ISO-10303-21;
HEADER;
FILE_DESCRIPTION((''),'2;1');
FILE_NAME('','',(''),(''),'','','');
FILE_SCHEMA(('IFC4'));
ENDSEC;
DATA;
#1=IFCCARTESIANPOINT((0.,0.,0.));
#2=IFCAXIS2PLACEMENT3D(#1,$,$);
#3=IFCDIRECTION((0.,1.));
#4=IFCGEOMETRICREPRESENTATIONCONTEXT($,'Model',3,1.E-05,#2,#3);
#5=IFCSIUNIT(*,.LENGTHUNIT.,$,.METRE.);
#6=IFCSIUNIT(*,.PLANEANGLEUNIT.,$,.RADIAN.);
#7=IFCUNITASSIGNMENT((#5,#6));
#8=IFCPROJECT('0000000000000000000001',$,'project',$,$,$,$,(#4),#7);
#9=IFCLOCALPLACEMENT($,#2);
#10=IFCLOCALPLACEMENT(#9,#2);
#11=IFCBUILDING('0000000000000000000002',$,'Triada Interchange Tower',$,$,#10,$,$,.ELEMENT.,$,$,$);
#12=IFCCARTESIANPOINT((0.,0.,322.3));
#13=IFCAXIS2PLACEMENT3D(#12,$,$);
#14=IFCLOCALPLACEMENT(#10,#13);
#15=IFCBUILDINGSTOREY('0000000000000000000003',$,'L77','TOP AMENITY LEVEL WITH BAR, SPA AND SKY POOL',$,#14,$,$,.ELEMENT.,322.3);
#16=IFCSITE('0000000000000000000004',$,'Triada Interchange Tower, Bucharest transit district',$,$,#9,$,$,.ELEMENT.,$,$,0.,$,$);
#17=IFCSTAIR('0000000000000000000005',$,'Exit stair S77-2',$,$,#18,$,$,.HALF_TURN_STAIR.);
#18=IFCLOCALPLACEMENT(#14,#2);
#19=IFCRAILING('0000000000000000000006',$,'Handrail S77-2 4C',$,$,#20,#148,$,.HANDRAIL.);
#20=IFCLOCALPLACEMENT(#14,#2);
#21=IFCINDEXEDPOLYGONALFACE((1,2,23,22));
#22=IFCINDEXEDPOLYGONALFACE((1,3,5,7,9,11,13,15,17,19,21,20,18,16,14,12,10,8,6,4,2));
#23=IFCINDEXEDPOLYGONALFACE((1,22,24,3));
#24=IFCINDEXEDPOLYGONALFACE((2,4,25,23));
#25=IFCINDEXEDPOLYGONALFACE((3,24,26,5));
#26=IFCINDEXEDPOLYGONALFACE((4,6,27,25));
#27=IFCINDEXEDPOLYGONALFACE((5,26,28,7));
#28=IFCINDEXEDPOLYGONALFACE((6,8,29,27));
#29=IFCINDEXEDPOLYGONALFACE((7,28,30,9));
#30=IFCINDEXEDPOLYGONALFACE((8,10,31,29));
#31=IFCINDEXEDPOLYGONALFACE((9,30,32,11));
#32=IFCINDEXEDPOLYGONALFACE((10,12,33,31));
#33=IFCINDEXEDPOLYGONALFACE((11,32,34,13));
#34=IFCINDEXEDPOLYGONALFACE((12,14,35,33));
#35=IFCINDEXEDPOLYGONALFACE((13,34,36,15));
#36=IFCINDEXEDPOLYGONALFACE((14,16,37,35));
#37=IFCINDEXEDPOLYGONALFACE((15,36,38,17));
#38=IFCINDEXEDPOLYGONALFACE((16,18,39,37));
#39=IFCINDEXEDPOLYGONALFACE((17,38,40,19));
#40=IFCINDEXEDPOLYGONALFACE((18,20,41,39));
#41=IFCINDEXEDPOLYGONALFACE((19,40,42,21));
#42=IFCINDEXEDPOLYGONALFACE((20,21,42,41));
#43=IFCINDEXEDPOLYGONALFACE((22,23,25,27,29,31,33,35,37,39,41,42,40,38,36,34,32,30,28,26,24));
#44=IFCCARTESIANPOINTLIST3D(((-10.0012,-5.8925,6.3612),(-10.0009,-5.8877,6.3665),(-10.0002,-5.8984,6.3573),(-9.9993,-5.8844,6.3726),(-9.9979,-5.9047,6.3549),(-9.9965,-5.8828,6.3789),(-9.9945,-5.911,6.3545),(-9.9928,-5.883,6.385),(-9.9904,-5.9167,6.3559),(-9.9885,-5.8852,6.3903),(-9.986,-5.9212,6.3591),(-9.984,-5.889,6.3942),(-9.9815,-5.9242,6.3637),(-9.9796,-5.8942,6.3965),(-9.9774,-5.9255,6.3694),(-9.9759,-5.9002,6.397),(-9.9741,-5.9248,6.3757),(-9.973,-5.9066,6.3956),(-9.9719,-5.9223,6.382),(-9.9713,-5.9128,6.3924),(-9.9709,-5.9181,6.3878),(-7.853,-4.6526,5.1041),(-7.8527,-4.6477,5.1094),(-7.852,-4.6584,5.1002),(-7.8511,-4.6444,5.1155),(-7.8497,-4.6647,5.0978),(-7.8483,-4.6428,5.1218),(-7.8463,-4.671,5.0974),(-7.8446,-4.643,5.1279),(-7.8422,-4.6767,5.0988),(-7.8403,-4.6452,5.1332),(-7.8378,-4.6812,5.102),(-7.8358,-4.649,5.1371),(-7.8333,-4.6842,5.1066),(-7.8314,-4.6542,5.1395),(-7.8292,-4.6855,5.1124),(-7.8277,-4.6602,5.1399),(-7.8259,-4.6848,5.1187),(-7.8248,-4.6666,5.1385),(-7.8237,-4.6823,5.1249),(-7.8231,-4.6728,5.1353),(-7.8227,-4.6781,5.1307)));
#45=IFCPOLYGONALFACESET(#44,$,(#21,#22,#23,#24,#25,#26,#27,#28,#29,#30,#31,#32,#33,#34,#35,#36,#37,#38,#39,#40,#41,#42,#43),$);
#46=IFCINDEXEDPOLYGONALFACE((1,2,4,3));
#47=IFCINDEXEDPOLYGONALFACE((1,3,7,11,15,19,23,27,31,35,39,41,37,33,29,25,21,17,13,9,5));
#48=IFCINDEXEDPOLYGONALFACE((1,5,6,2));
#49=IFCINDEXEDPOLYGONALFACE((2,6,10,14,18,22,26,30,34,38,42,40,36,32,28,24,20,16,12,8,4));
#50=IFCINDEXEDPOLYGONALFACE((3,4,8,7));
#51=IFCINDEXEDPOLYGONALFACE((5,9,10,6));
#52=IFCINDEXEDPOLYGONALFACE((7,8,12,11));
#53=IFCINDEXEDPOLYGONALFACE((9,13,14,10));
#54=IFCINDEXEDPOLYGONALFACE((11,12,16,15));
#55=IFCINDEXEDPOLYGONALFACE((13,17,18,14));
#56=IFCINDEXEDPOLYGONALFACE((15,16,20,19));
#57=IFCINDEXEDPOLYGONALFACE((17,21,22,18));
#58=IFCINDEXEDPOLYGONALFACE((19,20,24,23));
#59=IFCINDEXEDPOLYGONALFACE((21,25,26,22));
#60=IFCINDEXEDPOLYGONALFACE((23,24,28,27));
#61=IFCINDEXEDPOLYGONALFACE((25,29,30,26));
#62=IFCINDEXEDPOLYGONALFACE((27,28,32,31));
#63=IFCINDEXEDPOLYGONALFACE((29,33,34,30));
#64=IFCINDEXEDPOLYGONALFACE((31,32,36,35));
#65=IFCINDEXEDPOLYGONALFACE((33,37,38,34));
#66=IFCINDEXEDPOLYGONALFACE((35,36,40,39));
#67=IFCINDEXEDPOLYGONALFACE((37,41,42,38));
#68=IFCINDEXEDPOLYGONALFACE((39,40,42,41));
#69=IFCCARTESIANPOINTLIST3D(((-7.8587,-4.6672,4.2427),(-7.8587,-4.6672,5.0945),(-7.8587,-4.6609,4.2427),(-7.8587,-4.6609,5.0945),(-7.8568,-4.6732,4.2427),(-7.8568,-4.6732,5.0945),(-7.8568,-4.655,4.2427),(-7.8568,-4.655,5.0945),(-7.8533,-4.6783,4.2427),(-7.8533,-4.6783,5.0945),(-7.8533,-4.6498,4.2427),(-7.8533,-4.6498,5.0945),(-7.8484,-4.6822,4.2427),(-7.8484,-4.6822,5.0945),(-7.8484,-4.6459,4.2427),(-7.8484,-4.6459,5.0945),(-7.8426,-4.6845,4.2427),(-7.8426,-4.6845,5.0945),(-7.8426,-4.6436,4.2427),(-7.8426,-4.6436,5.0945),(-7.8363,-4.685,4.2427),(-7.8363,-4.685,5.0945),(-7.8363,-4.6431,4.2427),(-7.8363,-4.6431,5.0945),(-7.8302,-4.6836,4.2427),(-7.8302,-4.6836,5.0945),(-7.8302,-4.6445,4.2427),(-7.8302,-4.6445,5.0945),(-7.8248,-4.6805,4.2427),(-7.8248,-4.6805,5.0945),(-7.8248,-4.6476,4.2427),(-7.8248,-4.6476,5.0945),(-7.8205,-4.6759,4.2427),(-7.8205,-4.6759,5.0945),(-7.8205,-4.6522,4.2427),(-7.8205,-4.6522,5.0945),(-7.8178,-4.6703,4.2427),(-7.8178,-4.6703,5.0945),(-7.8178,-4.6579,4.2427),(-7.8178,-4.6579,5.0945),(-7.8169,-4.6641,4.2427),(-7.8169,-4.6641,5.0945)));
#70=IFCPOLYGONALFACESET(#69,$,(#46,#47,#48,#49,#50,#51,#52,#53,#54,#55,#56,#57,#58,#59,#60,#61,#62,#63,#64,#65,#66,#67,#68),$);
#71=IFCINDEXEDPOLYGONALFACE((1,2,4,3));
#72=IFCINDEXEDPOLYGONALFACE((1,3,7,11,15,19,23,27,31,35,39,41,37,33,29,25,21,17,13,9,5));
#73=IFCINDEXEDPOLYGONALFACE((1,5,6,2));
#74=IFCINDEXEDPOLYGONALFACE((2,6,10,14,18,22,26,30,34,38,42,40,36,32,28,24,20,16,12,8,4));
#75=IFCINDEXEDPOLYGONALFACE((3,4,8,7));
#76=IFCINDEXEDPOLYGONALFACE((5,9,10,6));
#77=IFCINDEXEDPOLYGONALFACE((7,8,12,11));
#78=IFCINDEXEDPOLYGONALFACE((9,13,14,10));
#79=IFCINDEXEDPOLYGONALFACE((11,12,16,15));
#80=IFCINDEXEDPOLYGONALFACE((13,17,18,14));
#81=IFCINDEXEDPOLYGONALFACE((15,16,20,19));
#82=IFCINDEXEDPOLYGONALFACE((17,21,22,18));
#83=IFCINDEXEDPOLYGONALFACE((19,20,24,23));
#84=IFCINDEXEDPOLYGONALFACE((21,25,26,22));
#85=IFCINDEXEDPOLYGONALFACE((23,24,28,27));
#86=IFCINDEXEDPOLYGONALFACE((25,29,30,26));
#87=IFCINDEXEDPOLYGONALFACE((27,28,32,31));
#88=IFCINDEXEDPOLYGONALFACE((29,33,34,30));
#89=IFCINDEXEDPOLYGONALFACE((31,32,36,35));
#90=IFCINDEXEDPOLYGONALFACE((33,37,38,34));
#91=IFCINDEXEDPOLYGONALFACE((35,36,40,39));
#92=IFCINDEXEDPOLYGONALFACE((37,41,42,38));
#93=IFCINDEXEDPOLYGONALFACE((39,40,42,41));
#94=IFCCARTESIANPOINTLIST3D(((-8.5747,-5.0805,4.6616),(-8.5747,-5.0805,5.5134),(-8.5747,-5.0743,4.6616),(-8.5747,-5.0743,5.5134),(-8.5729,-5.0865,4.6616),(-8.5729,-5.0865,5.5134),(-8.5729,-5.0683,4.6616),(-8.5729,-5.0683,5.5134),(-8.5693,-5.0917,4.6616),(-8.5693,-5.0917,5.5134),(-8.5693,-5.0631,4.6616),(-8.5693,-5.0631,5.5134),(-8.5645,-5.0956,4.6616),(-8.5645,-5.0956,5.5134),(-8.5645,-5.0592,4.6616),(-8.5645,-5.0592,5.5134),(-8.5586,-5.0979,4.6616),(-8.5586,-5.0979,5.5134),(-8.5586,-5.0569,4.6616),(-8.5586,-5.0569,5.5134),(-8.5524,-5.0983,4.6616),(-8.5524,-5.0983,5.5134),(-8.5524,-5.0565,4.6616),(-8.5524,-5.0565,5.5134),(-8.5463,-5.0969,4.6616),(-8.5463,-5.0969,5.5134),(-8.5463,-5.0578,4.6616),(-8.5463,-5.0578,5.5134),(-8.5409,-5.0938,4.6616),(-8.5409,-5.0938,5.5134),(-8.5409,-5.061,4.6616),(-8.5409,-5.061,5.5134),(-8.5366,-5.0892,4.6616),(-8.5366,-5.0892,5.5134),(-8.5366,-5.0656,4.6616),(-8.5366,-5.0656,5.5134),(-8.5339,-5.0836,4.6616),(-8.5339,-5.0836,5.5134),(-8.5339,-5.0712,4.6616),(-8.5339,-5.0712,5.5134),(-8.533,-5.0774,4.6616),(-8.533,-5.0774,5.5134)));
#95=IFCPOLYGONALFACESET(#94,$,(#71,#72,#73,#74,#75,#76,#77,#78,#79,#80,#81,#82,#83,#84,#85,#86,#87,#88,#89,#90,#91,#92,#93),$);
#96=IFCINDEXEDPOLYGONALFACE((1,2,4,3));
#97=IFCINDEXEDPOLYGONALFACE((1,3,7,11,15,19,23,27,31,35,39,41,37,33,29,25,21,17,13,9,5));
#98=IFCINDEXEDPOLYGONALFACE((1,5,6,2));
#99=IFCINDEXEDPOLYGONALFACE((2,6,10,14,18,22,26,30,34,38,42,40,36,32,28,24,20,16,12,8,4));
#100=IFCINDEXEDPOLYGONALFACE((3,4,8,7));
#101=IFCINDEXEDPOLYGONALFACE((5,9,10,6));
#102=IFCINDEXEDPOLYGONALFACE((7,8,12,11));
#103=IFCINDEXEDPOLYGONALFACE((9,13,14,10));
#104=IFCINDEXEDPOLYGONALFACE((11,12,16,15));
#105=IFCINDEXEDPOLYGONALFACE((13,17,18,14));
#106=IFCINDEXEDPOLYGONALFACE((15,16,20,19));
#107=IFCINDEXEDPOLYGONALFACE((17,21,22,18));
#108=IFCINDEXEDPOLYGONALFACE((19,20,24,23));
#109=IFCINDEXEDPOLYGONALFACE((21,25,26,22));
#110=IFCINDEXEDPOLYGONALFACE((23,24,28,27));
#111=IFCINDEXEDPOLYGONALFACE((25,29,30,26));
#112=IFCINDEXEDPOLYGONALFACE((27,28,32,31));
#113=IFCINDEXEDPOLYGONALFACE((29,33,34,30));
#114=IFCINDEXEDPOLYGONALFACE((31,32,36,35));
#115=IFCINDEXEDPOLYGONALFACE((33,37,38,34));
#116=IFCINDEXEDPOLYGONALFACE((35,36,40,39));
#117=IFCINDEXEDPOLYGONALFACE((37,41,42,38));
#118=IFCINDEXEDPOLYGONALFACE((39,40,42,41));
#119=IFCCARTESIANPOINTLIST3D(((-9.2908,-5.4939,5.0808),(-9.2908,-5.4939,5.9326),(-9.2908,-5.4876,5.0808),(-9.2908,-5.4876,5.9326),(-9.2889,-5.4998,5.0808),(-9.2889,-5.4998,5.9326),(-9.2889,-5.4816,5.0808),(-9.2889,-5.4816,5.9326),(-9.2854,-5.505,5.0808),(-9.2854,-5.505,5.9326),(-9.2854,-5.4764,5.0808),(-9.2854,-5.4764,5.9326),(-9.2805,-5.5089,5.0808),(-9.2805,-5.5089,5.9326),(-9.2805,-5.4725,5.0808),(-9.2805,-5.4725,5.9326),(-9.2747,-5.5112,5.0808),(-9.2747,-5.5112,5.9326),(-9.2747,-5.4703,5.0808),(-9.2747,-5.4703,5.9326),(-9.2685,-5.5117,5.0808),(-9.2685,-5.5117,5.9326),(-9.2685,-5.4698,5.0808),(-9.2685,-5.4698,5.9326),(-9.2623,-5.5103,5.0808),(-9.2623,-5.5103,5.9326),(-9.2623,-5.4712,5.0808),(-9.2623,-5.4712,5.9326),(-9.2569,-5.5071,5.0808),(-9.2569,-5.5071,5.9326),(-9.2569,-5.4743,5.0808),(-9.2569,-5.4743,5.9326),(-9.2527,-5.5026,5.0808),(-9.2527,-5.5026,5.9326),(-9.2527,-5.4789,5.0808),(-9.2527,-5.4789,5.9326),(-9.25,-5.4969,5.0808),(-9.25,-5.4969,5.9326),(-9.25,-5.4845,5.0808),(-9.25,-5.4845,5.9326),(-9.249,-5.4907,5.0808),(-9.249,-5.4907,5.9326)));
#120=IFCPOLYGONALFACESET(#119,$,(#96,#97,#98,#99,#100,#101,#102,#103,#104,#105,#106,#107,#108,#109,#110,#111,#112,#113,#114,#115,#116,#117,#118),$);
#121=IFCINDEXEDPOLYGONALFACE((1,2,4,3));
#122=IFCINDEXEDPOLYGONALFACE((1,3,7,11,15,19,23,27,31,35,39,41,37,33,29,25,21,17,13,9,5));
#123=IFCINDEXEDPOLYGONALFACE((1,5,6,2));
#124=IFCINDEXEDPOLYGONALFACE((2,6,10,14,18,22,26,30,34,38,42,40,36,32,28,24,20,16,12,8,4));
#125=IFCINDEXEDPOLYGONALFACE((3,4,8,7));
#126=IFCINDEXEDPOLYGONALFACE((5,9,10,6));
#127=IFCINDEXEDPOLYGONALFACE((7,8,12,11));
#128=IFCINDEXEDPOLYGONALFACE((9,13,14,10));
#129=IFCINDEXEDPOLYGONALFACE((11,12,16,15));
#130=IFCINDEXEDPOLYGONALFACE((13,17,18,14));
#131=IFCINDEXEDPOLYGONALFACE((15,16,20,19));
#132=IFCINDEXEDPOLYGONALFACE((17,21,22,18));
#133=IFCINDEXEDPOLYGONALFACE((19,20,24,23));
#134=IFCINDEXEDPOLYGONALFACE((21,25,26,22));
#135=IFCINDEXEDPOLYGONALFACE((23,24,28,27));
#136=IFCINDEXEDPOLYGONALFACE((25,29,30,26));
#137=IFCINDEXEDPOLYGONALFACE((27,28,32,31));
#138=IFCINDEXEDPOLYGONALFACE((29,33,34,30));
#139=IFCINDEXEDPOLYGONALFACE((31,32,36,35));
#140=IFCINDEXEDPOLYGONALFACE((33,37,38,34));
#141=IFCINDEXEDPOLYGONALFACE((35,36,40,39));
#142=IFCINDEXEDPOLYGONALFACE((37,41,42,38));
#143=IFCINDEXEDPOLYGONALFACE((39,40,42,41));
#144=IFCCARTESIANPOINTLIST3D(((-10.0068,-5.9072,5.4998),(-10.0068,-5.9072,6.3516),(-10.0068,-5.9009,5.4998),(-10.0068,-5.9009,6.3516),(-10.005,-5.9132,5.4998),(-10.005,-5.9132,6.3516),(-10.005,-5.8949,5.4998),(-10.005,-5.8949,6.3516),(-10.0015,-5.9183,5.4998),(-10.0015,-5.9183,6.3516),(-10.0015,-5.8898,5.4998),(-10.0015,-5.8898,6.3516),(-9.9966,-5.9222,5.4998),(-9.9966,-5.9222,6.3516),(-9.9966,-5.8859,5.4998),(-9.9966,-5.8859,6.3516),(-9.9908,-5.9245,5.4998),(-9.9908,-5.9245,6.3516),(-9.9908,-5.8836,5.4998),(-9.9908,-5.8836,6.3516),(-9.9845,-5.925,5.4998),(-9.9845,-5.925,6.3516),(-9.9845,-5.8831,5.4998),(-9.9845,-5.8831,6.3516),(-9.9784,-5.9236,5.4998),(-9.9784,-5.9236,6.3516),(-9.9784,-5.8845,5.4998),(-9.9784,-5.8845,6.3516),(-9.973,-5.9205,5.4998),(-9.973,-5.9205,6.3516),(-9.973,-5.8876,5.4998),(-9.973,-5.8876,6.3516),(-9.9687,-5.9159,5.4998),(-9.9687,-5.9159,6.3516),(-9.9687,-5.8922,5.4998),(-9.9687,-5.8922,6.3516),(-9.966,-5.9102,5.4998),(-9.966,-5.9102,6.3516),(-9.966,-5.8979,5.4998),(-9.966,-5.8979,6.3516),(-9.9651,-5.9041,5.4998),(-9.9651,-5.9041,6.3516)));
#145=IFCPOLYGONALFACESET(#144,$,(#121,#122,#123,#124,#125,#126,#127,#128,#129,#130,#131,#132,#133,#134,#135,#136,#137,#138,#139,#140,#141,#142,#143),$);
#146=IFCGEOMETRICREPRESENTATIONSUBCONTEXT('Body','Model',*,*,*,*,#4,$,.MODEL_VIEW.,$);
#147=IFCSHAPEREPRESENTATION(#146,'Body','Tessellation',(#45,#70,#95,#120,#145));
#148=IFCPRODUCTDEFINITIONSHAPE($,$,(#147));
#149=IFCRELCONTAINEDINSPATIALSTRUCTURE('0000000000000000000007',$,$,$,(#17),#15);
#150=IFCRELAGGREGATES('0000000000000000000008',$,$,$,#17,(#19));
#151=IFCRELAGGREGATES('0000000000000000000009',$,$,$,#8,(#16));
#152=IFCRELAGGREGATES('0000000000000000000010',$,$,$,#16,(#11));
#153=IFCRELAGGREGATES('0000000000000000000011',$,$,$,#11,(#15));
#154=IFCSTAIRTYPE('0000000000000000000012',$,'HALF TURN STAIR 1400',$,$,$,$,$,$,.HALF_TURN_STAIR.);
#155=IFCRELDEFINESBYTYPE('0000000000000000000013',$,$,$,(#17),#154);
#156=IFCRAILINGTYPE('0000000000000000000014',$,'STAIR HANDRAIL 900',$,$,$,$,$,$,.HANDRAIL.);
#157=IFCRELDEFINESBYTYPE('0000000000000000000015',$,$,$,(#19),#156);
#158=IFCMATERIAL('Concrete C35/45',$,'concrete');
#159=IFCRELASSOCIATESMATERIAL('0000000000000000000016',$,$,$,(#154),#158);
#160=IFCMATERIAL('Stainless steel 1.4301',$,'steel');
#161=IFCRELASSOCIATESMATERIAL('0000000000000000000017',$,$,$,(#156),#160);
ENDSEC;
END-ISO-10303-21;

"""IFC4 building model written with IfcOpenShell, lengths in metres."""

from ifc_helpers import new_model, si_unit, direction, frame, origin, origin_2d, place, context, subcontext, project, spatial, circle, extrude, material, type_object, element, aggregate, save


model = new_model("IFC4")

# Units and contexts
model_context = context("Model", 3, precision=1e-05, world=origin(), true_north=direction((0.0, 1.0)))
body_context = subcontext(model_context, "Body", "Model", "MODEL_VIEW")
ifc_project = project(units=[si_unit("LENGTHUNIT", "METRE"), si_unit("PLANEANGLEUNIT", "RADIAN")], contexts=[model_context])

# Site, building, storey
site_placement = place(None, origin())
site = spatial("IfcSite", under=ifc_project, at=site_placement, Name="Triada Interchange Tower, Bucharest transit district", CompositionType="ELEMENT", RefElevation=0.0)
building_placement = place(site_placement, origin())
building = spatial("IfcBuilding", under=site, at=building_placement, Name="Triada Interchange Tower", CompositionType="ELEMENT")
storey_placement = place(building_placement, frame((0.0, 0.0, 322.3)))
storey = spatial("IfcBuildingStorey", under=building, at=storey_placement, Name="L77", Description="TOP AMENITY LEVEL WITH BAR, SPA AND SKY POOL", CompositionType="ELEMENT", Elevation=322.3)

# Shared definitions
ifc_material_1 = material(Name="Concrete C35/45", Category="concrete")

# Stair, railing
stair_type = type_object("IfcStairType", Name="HALF TURN STAIR 1400", PredefinedType="HALF_TURN_STAIR", material=ifc_material_1)
stair_placement = place(storey_placement, origin())
stair = element("IfcStair", 1, at=stair_placement, inside=storey, type_object=stair_type, Name="Exit stair S77-2", PredefinedType="HALF_TURN_STAIR")
ifc_material_2 = material(Name="Stainless steel 1.4301", Category="steel")
railing_type_1 = type_object("IfcRailingType", Name="STAIR HANDRAIL 900", PredefinedType="HANDRAIL", material=ifc_material_2)
railing_1_placement = place(storey_placement, frame((-7.8379, -4.6641, 4.2427)))
railing_1 = element("IfcRailing", 2, at=railing_1_placement, type_object=railing_type_1, Name="Handrail S77-2 4C", PredefinedType="HANDRAIL", context=body_context, shape_type="SweptSolid", body=[
    extrude(circle(Radius=0.0239, at=origin_2d()), frame((0.0, 0.0, 0.876), z_axis=(-0.772523, -0.44592, 0.452065), x_axis=(0.499918, -0.866072, 0.0)), (0.0, 0.0, 1.0), 2.7808),
    extrude(circle(Radius=0.021, at=origin_2d()), origin(), (0.0, 0.0, 1.0), 0.8518),
    extrude(circle(Radius=0.021, at=origin_2d()), frame((-0.7161, -0.4133, 0.4189)), (0.0, 0.0, 1.0), 0.8518),
    extrude(circle(Radius=0.021, at=origin_2d()), frame((-1.4321, -0.8267, 0.8381)), (0.0, 0.0, 1.0), 0.8518),
    extrude(circle(Radius=0.021, at=origin_2d()), frame((-2.1482, -1.24, 1.2571)), (0.0, 0.0, 1.0), 0.8518),
])
aggregate(stair, [railing_1])

save(model, "model.ifc")
